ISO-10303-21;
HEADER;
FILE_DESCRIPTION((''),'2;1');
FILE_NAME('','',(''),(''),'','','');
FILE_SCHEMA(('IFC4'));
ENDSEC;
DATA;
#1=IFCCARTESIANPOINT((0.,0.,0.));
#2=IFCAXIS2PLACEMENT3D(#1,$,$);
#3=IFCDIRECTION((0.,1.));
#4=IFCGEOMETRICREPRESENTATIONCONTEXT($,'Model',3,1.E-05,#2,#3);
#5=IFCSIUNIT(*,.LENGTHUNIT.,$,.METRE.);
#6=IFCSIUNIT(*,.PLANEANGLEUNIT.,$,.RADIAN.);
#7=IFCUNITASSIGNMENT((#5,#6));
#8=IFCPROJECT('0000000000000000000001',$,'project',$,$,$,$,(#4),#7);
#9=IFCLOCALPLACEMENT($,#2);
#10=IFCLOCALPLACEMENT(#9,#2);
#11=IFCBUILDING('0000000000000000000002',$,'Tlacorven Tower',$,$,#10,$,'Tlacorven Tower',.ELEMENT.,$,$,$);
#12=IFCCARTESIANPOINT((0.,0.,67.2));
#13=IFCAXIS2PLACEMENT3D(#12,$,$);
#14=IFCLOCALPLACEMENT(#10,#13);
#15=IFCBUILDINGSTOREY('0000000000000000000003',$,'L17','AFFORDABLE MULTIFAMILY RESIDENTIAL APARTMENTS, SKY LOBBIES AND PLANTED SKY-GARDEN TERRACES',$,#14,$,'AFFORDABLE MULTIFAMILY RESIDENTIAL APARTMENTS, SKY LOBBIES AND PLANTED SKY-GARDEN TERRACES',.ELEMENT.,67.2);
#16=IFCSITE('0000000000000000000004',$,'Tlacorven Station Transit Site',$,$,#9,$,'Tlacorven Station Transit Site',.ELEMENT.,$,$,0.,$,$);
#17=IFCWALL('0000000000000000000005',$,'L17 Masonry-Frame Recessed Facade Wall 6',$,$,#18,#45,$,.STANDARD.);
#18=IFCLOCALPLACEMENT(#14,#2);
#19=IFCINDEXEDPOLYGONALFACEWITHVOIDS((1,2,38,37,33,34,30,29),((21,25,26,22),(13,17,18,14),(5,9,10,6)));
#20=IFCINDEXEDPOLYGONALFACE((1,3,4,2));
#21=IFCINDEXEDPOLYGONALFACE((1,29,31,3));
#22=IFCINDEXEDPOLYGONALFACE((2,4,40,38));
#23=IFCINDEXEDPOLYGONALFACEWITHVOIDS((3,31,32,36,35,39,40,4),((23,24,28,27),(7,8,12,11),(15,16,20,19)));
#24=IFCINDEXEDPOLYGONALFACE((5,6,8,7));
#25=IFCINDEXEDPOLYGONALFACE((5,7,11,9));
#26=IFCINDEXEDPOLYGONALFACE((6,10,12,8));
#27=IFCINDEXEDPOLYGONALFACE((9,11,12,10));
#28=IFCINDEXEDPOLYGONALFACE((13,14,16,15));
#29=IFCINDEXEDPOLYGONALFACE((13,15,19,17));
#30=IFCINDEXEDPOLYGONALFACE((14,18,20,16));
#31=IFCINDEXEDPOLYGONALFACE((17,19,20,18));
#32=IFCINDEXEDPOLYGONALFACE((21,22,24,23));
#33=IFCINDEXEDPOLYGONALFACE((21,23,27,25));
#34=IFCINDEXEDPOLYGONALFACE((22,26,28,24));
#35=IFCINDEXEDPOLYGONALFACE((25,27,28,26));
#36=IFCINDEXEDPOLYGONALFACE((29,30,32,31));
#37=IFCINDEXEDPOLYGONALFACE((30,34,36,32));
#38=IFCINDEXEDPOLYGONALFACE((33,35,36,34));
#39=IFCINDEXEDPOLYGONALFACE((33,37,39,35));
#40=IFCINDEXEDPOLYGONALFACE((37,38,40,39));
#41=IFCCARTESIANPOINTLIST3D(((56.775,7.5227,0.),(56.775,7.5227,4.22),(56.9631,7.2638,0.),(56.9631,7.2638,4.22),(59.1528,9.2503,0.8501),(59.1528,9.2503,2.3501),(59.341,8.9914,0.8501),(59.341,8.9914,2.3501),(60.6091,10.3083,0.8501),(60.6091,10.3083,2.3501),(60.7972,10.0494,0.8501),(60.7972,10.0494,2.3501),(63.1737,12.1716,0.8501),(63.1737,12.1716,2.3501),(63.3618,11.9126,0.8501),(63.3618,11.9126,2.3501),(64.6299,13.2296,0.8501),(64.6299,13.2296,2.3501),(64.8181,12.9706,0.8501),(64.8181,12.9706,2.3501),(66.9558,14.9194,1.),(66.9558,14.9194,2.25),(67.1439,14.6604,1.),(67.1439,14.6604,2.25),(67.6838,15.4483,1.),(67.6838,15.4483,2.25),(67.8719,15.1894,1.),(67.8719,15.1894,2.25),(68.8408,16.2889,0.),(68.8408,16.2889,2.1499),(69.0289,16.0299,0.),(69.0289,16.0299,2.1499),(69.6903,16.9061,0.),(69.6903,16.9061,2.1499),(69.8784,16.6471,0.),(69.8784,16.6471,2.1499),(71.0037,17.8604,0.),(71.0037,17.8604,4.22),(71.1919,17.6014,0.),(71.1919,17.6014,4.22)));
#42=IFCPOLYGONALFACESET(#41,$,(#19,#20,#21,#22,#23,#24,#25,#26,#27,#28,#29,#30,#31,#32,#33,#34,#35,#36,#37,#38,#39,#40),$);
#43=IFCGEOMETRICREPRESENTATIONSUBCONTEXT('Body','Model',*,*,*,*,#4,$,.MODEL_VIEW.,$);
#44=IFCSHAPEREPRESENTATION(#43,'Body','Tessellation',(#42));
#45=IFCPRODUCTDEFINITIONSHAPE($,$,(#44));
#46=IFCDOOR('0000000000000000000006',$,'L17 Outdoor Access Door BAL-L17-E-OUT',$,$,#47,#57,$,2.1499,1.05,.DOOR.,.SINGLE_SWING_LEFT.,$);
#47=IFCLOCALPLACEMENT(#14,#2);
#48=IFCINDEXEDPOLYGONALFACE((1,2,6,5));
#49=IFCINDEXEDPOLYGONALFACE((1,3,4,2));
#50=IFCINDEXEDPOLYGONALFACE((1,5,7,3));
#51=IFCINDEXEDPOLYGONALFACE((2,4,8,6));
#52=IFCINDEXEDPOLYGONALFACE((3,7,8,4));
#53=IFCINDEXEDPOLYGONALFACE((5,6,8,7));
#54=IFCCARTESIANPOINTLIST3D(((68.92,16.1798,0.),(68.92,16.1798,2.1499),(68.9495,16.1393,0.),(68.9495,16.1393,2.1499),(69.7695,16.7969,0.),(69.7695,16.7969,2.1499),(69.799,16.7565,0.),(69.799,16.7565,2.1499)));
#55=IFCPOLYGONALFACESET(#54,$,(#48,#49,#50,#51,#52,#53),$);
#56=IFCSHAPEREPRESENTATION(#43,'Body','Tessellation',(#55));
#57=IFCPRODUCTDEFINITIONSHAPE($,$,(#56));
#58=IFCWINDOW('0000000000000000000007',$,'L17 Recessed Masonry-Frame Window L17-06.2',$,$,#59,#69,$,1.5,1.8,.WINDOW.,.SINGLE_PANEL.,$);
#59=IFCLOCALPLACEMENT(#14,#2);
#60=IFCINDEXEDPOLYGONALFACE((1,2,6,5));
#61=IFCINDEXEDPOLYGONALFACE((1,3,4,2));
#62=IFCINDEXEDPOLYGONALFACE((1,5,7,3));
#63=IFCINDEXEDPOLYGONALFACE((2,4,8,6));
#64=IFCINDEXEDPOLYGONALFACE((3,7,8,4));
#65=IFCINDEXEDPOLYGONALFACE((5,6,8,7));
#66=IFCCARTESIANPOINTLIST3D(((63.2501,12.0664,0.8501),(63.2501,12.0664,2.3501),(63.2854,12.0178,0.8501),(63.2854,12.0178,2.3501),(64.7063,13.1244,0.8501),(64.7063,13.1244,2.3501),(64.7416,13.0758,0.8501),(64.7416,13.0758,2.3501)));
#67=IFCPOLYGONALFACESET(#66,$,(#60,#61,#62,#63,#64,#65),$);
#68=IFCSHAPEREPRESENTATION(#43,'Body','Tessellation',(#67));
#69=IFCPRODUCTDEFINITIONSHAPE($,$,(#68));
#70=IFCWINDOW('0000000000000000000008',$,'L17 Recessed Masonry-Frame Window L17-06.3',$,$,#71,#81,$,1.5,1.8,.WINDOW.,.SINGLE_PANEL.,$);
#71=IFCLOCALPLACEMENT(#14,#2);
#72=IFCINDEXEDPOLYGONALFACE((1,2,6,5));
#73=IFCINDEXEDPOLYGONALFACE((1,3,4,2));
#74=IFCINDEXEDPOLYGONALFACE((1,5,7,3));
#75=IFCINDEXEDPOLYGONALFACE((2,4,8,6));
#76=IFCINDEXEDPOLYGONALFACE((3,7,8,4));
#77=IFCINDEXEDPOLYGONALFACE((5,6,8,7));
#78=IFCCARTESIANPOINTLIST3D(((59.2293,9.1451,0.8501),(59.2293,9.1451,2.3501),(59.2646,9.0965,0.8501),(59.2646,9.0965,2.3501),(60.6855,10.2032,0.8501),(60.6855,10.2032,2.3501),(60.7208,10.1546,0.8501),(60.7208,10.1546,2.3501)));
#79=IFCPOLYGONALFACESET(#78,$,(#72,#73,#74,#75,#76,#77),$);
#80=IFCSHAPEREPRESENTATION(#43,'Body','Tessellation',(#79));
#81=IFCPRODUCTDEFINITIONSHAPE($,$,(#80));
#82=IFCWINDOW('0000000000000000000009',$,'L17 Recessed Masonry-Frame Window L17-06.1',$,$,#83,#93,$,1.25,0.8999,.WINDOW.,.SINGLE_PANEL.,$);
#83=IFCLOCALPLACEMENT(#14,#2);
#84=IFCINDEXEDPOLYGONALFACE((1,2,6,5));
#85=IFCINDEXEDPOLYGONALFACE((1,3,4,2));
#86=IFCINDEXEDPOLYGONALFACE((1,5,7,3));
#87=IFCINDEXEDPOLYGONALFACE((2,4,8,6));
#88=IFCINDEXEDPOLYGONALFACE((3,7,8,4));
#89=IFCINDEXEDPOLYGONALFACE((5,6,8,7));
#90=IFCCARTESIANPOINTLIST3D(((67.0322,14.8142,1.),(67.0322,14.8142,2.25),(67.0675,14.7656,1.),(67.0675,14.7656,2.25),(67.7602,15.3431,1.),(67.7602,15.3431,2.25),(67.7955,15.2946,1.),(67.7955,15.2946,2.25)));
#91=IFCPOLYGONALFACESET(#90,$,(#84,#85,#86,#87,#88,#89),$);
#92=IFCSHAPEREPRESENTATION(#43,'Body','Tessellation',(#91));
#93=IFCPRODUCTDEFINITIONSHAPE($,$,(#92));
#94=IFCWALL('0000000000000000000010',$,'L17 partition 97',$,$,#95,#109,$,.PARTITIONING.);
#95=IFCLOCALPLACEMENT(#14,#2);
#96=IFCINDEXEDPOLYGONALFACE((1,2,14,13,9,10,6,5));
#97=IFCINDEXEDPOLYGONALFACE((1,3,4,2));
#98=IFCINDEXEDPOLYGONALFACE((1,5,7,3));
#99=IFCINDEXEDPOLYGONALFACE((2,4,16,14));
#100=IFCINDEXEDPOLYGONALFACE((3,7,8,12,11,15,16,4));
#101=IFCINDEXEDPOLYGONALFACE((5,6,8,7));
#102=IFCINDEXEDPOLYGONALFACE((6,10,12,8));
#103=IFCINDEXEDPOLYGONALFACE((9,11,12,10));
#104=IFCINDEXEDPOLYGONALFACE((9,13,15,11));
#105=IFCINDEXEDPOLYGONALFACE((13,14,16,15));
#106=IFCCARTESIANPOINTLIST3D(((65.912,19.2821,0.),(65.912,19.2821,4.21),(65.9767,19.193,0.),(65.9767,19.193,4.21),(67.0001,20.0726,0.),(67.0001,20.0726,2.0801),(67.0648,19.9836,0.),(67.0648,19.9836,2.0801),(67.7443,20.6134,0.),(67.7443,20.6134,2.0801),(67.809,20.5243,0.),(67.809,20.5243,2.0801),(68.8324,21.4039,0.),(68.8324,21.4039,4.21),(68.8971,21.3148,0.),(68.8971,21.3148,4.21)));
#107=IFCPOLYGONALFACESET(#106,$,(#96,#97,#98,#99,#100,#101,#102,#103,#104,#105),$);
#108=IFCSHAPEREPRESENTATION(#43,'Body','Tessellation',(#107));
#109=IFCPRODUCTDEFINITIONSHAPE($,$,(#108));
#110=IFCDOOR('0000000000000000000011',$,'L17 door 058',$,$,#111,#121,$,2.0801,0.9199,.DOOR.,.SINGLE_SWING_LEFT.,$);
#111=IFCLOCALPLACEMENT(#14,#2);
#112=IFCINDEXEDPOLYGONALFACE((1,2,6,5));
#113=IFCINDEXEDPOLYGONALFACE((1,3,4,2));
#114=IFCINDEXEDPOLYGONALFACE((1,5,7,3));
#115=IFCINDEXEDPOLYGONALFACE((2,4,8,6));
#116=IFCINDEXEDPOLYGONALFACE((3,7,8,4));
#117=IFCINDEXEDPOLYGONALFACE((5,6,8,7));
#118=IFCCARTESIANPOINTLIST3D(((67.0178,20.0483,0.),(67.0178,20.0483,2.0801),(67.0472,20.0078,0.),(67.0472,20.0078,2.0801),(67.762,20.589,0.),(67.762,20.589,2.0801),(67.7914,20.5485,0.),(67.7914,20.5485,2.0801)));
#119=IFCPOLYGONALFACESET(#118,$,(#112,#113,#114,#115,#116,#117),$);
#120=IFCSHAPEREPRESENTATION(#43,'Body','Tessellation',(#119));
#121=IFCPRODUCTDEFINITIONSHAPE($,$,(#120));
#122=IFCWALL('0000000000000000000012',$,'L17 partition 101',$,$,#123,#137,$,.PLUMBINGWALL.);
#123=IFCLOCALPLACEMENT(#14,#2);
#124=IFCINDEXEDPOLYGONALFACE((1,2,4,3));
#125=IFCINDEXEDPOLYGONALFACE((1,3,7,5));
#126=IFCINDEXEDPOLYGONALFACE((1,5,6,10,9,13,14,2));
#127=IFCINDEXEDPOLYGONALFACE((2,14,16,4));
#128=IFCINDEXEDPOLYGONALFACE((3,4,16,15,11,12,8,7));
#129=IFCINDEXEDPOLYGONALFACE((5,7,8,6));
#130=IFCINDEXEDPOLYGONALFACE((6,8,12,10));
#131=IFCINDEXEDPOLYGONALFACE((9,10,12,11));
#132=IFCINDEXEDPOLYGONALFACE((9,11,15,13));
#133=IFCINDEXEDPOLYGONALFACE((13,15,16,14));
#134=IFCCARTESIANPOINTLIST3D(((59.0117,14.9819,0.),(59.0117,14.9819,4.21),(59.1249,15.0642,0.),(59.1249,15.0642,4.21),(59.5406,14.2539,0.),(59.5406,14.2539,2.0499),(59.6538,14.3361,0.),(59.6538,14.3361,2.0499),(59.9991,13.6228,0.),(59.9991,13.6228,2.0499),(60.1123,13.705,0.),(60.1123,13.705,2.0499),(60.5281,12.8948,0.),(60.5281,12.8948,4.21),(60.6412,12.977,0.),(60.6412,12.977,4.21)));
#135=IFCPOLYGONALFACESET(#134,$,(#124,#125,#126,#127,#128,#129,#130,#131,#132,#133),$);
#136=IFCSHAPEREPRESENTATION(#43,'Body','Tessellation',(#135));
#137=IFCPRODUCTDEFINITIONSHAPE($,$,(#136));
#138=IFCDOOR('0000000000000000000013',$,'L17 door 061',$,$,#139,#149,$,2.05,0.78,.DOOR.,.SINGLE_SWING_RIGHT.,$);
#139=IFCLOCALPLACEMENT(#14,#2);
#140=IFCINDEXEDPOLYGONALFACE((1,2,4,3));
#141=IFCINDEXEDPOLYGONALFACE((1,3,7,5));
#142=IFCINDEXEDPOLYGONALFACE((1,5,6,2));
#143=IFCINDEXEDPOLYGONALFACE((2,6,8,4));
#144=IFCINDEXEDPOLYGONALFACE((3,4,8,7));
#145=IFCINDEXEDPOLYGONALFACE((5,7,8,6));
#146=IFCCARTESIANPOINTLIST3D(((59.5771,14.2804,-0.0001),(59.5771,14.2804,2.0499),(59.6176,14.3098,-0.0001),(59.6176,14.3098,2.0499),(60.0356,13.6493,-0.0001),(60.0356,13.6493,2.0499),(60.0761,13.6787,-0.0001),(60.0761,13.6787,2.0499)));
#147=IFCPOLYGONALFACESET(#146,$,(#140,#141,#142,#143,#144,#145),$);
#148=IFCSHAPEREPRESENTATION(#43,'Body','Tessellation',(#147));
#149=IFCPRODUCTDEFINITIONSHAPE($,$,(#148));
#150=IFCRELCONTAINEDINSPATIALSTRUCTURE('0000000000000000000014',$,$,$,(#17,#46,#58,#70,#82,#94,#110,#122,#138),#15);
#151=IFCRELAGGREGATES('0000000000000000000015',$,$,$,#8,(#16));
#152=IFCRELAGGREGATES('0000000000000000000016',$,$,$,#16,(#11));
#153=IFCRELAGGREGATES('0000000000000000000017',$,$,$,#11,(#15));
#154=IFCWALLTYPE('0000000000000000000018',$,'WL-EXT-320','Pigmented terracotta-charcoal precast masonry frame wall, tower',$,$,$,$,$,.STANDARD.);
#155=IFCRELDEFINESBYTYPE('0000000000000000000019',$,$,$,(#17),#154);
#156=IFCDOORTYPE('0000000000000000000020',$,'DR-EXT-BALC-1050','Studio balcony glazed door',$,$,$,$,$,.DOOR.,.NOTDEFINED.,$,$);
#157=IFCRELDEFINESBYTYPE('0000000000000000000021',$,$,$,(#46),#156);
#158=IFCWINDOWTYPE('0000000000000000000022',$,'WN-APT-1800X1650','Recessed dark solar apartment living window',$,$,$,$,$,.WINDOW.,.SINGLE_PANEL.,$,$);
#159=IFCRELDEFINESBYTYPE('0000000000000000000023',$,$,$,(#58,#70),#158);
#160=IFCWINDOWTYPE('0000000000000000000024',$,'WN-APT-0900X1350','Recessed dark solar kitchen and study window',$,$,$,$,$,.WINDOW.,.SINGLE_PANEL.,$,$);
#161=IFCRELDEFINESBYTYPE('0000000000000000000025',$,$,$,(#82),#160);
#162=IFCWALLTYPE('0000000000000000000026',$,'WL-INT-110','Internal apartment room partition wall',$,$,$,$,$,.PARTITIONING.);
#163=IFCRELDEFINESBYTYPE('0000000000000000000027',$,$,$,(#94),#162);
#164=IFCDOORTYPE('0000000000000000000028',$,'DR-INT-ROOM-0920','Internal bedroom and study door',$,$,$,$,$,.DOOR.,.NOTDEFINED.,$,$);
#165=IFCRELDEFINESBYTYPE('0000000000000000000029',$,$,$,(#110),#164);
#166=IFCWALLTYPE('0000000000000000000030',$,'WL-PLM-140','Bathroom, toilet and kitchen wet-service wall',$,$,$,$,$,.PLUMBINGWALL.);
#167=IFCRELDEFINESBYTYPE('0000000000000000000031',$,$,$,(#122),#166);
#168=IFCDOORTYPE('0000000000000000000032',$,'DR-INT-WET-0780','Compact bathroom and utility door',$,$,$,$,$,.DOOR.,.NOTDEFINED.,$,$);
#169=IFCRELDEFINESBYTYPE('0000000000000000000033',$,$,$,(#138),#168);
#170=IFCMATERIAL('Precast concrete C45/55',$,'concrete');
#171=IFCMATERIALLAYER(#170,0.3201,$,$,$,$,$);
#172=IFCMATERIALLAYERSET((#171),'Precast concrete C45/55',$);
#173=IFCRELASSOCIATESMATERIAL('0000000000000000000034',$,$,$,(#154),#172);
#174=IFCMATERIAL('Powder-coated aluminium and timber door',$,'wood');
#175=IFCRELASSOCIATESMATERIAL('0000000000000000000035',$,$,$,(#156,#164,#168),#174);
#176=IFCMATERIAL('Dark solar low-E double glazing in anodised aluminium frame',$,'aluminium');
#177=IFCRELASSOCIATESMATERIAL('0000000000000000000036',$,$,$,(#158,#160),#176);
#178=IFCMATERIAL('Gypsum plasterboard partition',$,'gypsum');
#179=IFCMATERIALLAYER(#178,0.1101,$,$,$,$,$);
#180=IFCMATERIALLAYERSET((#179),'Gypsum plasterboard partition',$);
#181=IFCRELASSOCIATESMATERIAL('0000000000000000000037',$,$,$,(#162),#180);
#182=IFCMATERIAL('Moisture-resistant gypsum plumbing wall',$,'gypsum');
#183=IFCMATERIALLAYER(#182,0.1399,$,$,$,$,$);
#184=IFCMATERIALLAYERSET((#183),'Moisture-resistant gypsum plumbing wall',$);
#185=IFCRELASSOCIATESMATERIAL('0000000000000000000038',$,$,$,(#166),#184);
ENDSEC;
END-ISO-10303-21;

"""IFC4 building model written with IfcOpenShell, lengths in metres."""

from ifc_helpers import new_model, si_unit, direction, frame, frame_2d, origin, place, context, subcontext, project, spatial, rectangle, extrude, source, transform, mapped, material, layer, layer_set, type_object, element, fill, save


model = new_model("IFC4")

# Units and contexts
model_context = context("Model", 3, precision=1e-05, world=origin(), true_north=direction((0.0, 1.0)))
body_context = subcontext(model_context, "Body", "Model", "MODEL_VIEW")
ifc_project = project(units=[si_unit("LENGTHUNIT", "METRE"), si_unit("PLANEANGLEUNIT", "RADIAN")], contexts=[model_context])

# Site, building, storey
site_placement = place(None, origin())
site = spatial("IfcSite", under=ifc_project, at=site_placement, Name="Tlacorven Station Transit Site", LongName="Tlacorven Station Transit Site", CompositionType="ELEMENT", RefElevation=0.0)
building_placement = place(site_placement, origin())
building = spatial("IfcBuilding", under=site, at=building_placement, Name="Tlacorven Tower", LongName="Tlacorven Tower", CompositionType="ELEMENT")
storey_placement = place(building_placement, frame((0.0, 0.0, 67.2)))
storey = spatial("IfcBuildingStorey", under=building, at=storey_placement, Name="L17", Description="AFFORDABLE MULTIFAMILY RESIDENTIAL APARTMENTS, SKY LOBBIES AND PLANTED SKY-GARDEN TERRACES", LongName="AFFORDABLE MULTIFAMILY RESIDENTIAL APARTMENTS, SKY LOBBIES AND PLANTED SKY-GARDEN TERRACES", CompositionType="ELEMENT", Elevation=67.2)

# Wall, openings, door, windows
ifc_material_1 = material(Name="Precast concrete C45/55", Category="concrete")
ifc_layer_1 = layer(ifc_material_1, 0.3201)
ifc_layer_set_1 = layer_set([ifc_layer_1], Name="Precast concrete C45/55")
wall_type_1 = type_object("IfcWallType", Name="WL-EXT-320", Description="Pigmented terracotta-charcoal precast masonry frame wall, tower", PredefinedType="STANDARD", material=ifc_layer_set_1)
wall_1_placement = place(storey_placement, frame((71.0979, 17.731, 0.0), z_axis=(0.0, 0.0, 1.0), x_axis=(-0.809021, -0.58778, 0.0)))
wall_1 = element("IfcWall", 1, at=wall_1_placement, inside=storey, type_object=wall_type_1, Name="L17 Masonry-Frame Recessed Facade Wall 6", PredefinedType="STANDARD", context=body_context, shape_type="SweptSolid", body=[
    extrude(rectangle(XDim=17.5876, YDim=0.3201, at=frame_2d((8.7939, 0.0))), origin(), (0.0, 0.0, 1.0), 4.22),
])
opening_1_placement = place(wall_1_placement, frame((1.6238, 0.0, 0.0)))
opening_1 = element("IfcOpeningElement", 2, at=opening_1_placement, cuts=wall_1, PredefinedType="OPENING", context=body_context, shape_type="SweptSolid", body=[
    extrude(rectangle(XDim=1.05, YDim=2.1499, at=frame_2d((0.5249, 1.075))), frame((0.0, 0.1699, 0.0), z_axis=(0.0, -1.0, 0.0), x_axis=(1.0, 0.0, 0.0)), (0.0, 0.0, 1.0), 0.3401),
])
opening_2_placement = place(wall_1_placement, frame((4.1038, 0.0, 1.0)))
opening_2 = element("IfcOpeningElement", 3, at=opening_2_placement, cuts=wall_1, PredefinedType="OPENING", context=body_context, shape_type="SweptSolid", body=[
    extrude(rectangle(XDim=0.8999, YDim=1.25, at=frame_2d((0.45, 0.625))), frame((0.0, 0.1699, 0.0), z_axis=(0.0, -1.0, 0.0), x_axis=(1.0, 0.0, 0.0)), (0.0, 0.0, 1.0), 0.3401),
])
opening_3_placement = place(wall_1_placement, frame((7.8787, 0.0, 0.8501)))
opening_3 = element("IfcOpeningElement", 4, at=opening_3_placement, cuts=wall_1, PredefinedType="OPENING", context=body_context, shape_type="SweptSolid", body=[
    extrude(rectangle(XDim=1.8, YDim=1.5, at=frame_2d((0.8999, 0.75))), frame((0.0, 0.1699, 0.0), z_axis=(0.0, -1.0, 0.0), x_axis=(1.0, 0.0, 0.0)), (0.0, 0.0, 1.0), 0.3401),
])
opening_4_placement = place(wall_1_placement, frame((12.8486, 0.0, 0.8501)))
opening_4 = element("IfcOpeningElement", 5, at=opening_4_placement, cuts=wall_1, PredefinedType="OPENING", context=body_context, shape_type="SweptSolid", body=[
    extrude(rectangle(XDim=1.8, YDim=1.5, at=frame_2d((0.8999, 0.75))), frame((0.0, 0.1699, 0.0), z_axis=(0.0, -1.0, 0.0), x_axis=(1.0, 0.0, 0.0)), (0.0, 0.0, 1.0), 0.3401),
])
ifc_material_2 = material(Name="Powder-coated aluminium and timber door", Category="wood")
door_type_1 = type_object("IfcDoorType", Name="DR-EXT-BALC-1050", Description="Studio balcony glazed door", OperationType="NOTDEFINED", PredefinedType="DOOR", material=ifc_material_2)
shared_shape_1 = source(origin(), body_context, "Body", "SweptSolid", [
    extrude(rectangle(XDim=1.05, YDim=2.1499, at=frame_2d((0.5249, 1.075))), frame((0.0, 0.0249, 0.0), z_axis=(0.0, -1.0, 0.0), x_axis=(1.0, 0.0, 0.0)), (0.0, 0.0, 1.0), 0.05),
])
door_1_placement = place(opening_1_placement, origin())
door_1 = element("IfcDoor", 6, at=door_1_placement, inside=storey, type_object=door_type_1, Name="L17 Outdoor Access Door BAL-L17-E-OUT", OperationType="SINGLE_SWING_LEFT", OverallHeight=2.1499, OverallWidth=1.05, PredefinedType="DOOR", context=body_context, shape_type="MappedRepresentation", body=[
    mapped(shared_shape_1, transform((0.0, 0.0, 0.0), scale=1.0)),
])
fill(opening_1, door_1)
ifc_material_3 = material(Name="Dark solar low-E double glazing in anodised aluminium frame", Category="aluminium")
window_type_1 = type_object("IfcWindowType", Name="WN-APT-1800X1650", Description="Recessed dark solar apartment living window", PartitioningType="SINGLE_PANEL", PredefinedType="WINDOW", material=ifc_material_3)
shared_shape_2 = source(origin(), body_context, "Body", "SweptSolid", [
    extrude(rectangle(XDim=1.8, YDim=1.5, at=frame_2d((0.8999, 0.75))), frame((0.0, 0.03, 0.0), z_axis=(0.0, -1.0, 0.0), x_axis=(1.0, 0.0, 0.0)), (0.0, 0.0, 1.0), 0.0601),
])
window_1_placement = place(opening_3_placement, origin())
window_1 = element("IfcWindow", 7, at=window_1_placement, inside=storey, type_object=window_type_1, Name="L17 Recessed Masonry-Frame Window L17-06.2", OverallHeight=1.5, OverallWidth=1.8, PartitioningType="SINGLE_PANEL", PredefinedType="WINDOW", context=body_context, shape_type="MappedRepresentation", body=[
    mapped(shared_shape_2, transform((0.0, 0.0, 0.0), scale=1.0)),
])
fill(opening_3, window_1)
window_2_placement = place(opening_4_placement, origin())
window_2 = element("IfcWindow", 8, at=window_2_placement, inside=storey, type_object=window_type_1, Name="L17 Recessed Masonry-Frame Window L17-06.3", OverallHeight=1.5, OverallWidth=1.8, PartitioningType="SINGLE_PANEL", PredefinedType="WINDOW", context=body_context, shape_type="MappedRepresentation", body=[
    mapped(shared_shape_2, transform((0.0, 0.0, 0.0), scale=1.0)),
])
fill(opening_4, window_2)
window_type_2 = type_object("IfcWindowType", Name="WN-APT-0900X1350", Description="Recessed dark solar kitchen and study window", PartitioningType="SINGLE_PANEL", PredefinedType="WINDOW", material=ifc_material_3)
shared_shape_3 = source(origin(), body_context, "Body", "SweptSolid", [
    extrude(rectangle(XDim=0.8999, YDim=1.25, at=frame_2d((0.45, 0.625))), frame((0.0, 0.03, 0.0), z_axis=(0.0, -1.0, 0.0), x_axis=(1.0, 0.0, 0.0)), (0.0, 0.0, 1.0), 0.0601),
])
window_3_placement = place(opening_2_placement, origin())
window_3 = element("IfcWindow", 9, at=window_3_placement, inside=storey, type_object=window_type_2, Name="L17 Recessed Masonry-Frame Window L17-06.1", OverallHeight=1.25, OverallWidth=0.8999, PartitioningType="SINGLE_PANEL", PredefinedType="WINDOW", context=body_context, shape_type="MappedRepresentation", body=[
    mapped(shared_shape_3, transform((0.0, 0.0, 0.0), scale=1.0)),
])
fill(opening_2, window_3)

# Walls, openings, doors
ifc_material_4 = material(Name="Gypsum plasterboard partition", Category="gypsum")
ifc_layer_2 = layer(ifc_material_4, 0.1101)
ifc_layer_set_2 = layer_set([ifc_layer_2], Name="Gypsum plasterboard partition")
wall_type_2 = type_object("IfcWallType", Name="WL-INT-110", Description="Internal apartment room partition wall", PredefinedType="PARTITIONING", material=ifc_layer_set_2)
wall_2_placement = place(storey_placement, frame((65.9443, 19.2375, 0.0), z_axis=(0.0, 0.0, 1.0), x_axis=(0.809014, 0.58779, 0.0)))
wall_2 = element("IfcWall", 10, at=wall_2_placement, inside=storey, type_object=wall_type_2, Name="L17 partition 97", PredefinedType="PARTITIONING", context=body_context, shape_type="SweptSolid", body=[
    extrude(rectangle(XDim=3.6099, YDim=0.1101, at=frame_2d((1.8049, 0.0))), origin(), (0.0, 0.0, 1.0), 4.21),
])
opening_5_placement = place(wall_2_placement, frame((1.345, 0.0, 0.0)))
opening_5 = element("IfcOpeningElement", 11, at=opening_5_placement, cuts=wall_2, PredefinedType="OPENING", context=body_context, shape_type="SweptSolid", body=[
    extrude(rectangle(XDim=0.9199, YDim=2.0801, at=frame_2d((0.46, 1.04))), frame((0.0, 0.0649, 0.0), z_axis=(0.0, -1.0, 0.0), x_axis=(1.0, 0.0, 0.0)), (0.0, 0.0, 1.0), 0.1301),
])
door_type_2 = type_object("IfcDoorType", Name="DR-INT-ROOM-0920", Description="Internal bedroom and study door", OperationType="NOTDEFINED", PredefinedType="DOOR", material=ifc_material_2)
shared_shape_4 = source(origin(), body_context, "Body", "SweptSolid", [
    extrude(rectangle(XDim=0.9199, YDim=2.0801, at=frame_2d((0.46, 1.04))), frame((0.0, 0.0249, 0.0), z_axis=(0.0, -1.0, 0.0), x_axis=(1.0, 0.0, 0.0)), (0.0, 0.0, 1.0), 0.05),
])
door_2_placement = place(opening_5_placement, origin())
door_2 = element("IfcDoor", 12, at=door_2_placement, inside=storey, type_object=door_type_2, Name="L17 door 058", OperationType="SINGLE_SWING_LEFT", OverallHeight=2.0801, OverallWidth=0.9199, PredefinedType="DOOR", context=body_context, shape_type="MappedRepresentation", body=[
    mapped(shared_shape_4, transform((0.0, 0.0, 0.0), scale=1.0)),
])
fill(opening_5, door_2)
ifc_material_5 = material(Name="Moisture-resistant gypsum plumbing wall", Category="gypsum")
ifc_layer_3 = layer(ifc_material_5, 0.1399)
ifc_layer_set_3 = layer_set([ifc_layer_3], Name="Moisture-resistant gypsum plumbing wall")
wall_type_3 = type_object("IfcWallType", Name="WL-PLM-140", Description="Bathroom, toilet and kitchen wet-service wall", PredefinedType="PLUMBINGWALL", material=ifc_layer_set_3)
wall_3_placement = place(storey_placement, frame((60.5847, 12.9358, 0.0), z_axis=(0.0, 0.0, 1.0), x_axis=(-0.587772, 0.809027, 0.0)))
wall_3 = element("IfcWall", 13, at=wall_3_placement, inside=storey, type_object=wall_type_3, Name="L17 partition 101", PredefinedType="PLUMBINGWALL", context=body_context, shape_type="SweptSolid", body=[
    extrude(rectangle(XDim=2.5798, YDim=0.1399, at=frame_2d((1.29, 0.0))), origin(), (0.0, 0.0, 1.0), 4.21),
])
opening_6_placement = place(wall_3_placement, frame((0.8999, 0.0, 0.0)))
opening_6 = element("IfcOpeningElement", 14, at=opening_6_placement, cuts=wall_3, PredefinedType="OPENING", context=body_context, shape_type="SweptSolid", body=[
    extrude(rectangle(XDim=0.78, YDim=2.05, at=frame_2d((0.3901, 1.0249))), frame((0.0, 0.0801, 0.0), z_axis=(0.0, -1.0, 0.0), x_axis=(1.0, 0.0, 0.0)), (0.0, 0.0, 1.0), 0.1599),
])
door_type_3 = type_object("IfcDoorType", Name="DR-INT-WET-0780", Description="Compact bathroom and utility door", OperationType="NOTDEFINED", PredefinedType="DOOR", material=ifc_material_2)
shared_shape_5 = source(origin(), body_context, "Body", "SweptSolid", [
    extrude(rectangle(XDim=0.78, YDim=2.05, at=frame_2d((0.3901, 1.0249))), frame((0.0, 0.0249, 0.0), z_axis=(0.0, -1.0, 0.0), x_axis=(1.0, 0.0, 0.0)), (0.0, 0.0, 1.0), 0.05),
])
door_3_placement = place(opening_6_placement, origin())
door_3 = element("IfcDoor", 15, at=door_3_placement, inside=storey, type_object=door_type_3, Name="L17 door 061", OperationType="SINGLE_SWING_RIGHT", OverallHeight=2.05, OverallWidth=0.78, PredefinedType="DOOR", context=body_context, shape_type="MappedRepresentation", body=[
    mapped(shared_shape_5, transform((0.0, 0.0, 0.0), scale=1.0)),
])
fill(opening_6, door_3)

save(model, "model.ifc")
